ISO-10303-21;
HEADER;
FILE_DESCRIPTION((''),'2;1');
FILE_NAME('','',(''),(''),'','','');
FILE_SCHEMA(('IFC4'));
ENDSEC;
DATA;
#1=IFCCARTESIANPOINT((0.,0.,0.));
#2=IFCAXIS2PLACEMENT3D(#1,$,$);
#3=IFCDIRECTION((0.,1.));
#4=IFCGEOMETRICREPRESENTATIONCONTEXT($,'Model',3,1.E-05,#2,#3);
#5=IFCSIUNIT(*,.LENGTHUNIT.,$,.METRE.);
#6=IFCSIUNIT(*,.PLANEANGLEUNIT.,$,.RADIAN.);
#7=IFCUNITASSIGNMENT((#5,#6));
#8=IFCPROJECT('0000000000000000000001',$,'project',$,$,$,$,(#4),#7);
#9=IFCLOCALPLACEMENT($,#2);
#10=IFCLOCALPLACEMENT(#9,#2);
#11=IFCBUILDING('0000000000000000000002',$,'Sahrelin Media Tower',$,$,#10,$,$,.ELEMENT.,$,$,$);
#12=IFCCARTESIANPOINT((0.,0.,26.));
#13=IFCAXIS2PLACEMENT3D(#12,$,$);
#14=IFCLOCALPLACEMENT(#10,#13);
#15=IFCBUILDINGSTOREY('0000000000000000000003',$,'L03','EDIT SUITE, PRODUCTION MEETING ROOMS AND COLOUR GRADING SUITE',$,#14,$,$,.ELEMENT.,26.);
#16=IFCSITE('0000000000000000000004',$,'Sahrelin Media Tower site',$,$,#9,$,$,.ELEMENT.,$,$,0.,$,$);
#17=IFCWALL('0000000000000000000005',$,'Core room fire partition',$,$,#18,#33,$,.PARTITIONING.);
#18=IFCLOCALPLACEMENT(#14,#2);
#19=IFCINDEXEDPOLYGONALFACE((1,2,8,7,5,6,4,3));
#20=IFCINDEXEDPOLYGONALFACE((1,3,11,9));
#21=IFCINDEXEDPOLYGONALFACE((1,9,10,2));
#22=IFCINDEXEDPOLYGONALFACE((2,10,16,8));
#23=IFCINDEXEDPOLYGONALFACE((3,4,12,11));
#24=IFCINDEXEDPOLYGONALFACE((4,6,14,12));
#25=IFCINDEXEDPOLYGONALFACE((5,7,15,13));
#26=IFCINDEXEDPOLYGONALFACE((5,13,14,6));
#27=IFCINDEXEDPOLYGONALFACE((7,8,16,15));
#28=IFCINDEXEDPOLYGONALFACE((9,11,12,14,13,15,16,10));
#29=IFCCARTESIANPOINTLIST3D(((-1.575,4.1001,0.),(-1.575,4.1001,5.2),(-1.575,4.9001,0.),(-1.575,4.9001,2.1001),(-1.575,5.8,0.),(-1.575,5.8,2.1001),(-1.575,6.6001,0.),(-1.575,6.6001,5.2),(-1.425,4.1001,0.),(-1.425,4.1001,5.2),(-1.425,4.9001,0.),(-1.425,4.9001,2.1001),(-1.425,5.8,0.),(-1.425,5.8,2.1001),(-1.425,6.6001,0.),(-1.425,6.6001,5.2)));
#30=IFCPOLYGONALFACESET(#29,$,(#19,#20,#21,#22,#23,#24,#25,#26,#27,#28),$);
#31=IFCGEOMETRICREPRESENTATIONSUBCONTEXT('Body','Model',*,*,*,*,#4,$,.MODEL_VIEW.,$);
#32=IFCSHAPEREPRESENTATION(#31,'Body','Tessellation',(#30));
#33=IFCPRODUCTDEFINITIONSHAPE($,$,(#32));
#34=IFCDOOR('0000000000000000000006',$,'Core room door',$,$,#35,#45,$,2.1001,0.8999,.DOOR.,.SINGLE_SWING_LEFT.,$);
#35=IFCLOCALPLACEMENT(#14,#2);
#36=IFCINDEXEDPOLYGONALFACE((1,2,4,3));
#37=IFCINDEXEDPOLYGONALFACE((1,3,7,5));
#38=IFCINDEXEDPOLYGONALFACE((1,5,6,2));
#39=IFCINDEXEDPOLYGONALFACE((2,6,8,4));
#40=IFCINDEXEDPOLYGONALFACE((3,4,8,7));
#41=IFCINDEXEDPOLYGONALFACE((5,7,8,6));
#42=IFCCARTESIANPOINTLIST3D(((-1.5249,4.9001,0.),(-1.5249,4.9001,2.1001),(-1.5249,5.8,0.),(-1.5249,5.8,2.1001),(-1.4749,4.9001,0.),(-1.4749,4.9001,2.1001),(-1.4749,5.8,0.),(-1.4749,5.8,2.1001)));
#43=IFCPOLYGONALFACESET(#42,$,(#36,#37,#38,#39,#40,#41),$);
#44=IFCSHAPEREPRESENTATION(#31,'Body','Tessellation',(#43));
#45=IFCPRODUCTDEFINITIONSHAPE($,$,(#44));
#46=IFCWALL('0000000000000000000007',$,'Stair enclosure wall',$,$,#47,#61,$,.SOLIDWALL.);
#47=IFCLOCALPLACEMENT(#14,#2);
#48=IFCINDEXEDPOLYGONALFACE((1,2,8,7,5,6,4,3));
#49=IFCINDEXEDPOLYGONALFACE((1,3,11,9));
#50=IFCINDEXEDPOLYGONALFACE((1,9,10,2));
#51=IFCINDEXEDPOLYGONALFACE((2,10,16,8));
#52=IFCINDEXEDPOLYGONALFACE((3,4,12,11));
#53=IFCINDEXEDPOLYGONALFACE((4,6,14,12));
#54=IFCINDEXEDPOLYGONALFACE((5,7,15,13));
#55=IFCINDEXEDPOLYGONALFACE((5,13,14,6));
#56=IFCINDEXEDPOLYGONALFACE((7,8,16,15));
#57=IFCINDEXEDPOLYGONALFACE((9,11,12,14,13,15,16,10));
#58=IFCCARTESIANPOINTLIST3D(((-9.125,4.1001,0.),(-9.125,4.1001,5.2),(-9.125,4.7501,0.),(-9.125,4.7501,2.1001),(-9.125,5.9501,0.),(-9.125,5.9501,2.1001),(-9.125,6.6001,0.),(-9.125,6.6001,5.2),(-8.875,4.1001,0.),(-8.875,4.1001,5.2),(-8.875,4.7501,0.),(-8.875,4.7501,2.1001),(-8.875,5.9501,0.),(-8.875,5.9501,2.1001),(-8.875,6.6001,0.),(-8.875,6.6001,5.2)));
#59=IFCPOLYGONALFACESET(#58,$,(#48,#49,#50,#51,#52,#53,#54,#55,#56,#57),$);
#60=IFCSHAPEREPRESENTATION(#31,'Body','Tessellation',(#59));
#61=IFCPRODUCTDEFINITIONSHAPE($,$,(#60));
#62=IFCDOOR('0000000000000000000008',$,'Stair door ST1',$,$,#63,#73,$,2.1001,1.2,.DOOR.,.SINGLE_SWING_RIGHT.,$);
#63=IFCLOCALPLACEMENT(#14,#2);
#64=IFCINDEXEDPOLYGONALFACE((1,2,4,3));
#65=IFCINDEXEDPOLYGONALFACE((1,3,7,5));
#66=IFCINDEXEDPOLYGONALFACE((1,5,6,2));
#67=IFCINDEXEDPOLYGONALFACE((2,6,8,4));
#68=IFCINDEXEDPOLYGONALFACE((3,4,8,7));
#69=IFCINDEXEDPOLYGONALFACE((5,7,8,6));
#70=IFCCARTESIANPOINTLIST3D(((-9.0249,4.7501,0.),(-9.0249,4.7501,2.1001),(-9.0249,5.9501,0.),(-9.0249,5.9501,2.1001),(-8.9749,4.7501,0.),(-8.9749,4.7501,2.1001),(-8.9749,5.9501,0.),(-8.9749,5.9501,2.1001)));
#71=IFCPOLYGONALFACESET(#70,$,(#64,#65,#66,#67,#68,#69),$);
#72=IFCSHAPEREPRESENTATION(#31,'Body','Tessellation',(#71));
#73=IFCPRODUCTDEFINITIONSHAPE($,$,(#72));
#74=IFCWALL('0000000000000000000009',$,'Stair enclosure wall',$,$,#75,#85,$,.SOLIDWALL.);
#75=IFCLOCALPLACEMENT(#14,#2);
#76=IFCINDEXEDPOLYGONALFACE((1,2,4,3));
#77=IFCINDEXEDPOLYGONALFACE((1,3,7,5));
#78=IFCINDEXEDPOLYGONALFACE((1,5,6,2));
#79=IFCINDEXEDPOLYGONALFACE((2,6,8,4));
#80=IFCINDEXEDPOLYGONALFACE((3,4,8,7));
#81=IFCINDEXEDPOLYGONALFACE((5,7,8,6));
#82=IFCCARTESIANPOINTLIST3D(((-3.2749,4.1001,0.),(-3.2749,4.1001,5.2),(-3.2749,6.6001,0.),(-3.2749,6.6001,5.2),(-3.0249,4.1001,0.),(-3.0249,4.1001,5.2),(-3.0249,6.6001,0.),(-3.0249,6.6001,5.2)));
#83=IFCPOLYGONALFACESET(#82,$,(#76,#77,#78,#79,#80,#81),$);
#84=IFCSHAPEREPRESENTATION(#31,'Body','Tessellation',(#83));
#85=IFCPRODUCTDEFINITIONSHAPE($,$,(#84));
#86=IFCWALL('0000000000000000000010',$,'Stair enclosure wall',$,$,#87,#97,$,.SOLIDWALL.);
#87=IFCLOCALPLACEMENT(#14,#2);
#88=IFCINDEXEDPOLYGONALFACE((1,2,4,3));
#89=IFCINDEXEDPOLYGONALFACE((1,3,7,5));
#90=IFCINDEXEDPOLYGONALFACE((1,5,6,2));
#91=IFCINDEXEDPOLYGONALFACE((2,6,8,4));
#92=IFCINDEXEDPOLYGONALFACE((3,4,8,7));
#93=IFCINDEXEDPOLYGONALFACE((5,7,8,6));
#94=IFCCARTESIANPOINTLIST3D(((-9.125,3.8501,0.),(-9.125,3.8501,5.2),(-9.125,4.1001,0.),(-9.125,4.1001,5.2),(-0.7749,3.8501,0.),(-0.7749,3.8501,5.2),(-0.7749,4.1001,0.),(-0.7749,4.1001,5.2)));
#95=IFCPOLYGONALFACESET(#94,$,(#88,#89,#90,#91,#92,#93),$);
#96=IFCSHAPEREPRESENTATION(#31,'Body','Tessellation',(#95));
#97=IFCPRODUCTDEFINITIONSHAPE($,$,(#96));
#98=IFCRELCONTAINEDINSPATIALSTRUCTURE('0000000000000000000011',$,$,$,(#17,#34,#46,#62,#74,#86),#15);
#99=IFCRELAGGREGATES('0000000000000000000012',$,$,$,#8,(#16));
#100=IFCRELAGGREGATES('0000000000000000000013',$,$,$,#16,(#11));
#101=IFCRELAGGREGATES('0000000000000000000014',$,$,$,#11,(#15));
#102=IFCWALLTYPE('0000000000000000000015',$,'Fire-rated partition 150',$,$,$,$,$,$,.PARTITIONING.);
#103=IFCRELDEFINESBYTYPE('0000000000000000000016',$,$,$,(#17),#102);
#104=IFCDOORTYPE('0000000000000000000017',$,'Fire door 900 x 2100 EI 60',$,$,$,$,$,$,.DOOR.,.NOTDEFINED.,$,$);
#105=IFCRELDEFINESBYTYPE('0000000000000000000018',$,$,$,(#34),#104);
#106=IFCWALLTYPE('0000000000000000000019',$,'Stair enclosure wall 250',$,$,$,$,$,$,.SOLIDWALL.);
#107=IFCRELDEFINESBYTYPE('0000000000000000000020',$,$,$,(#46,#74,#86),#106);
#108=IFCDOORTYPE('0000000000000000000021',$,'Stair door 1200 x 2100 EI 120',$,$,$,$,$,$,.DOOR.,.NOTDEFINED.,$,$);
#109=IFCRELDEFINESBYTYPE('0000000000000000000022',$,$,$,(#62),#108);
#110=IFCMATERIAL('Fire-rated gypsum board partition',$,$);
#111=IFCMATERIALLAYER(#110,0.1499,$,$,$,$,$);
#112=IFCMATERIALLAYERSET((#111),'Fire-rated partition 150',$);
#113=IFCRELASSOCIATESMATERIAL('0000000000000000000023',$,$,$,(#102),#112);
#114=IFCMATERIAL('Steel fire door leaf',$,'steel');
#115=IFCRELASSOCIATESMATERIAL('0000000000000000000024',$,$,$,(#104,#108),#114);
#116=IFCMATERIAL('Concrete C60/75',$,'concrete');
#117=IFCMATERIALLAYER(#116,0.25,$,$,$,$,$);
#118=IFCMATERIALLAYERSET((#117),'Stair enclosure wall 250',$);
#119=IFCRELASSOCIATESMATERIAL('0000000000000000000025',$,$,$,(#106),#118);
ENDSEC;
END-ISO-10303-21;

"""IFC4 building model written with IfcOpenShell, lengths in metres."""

from ifc_helpers import new_model, si_unit, direction, frame, frame_2d, origin, place, context, subcontext, project, spatial, rectangle, extrude, material, layer, layer_set, type_object, element, fill, save


model = new_model("IFC4")

# Units and contexts
model_context = context("Model", 3, precision=1e-05, world=origin(), true_north=direction((0.0, 1.0)))
body_context = subcontext(model_context, "Body", "Model", "MODEL_VIEW")
ifc_project = project(units=[si_unit("LENGTHUNIT", "METRE"), si_unit("PLANEANGLEUNIT", "RADIAN")], contexts=[model_context])

# Site, building, storey
site_placement = place(None, origin())
site = spatial("IfcSite", under=ifc_project, at=site_placement, Name="Sahrelin Media Tower site", CompositionType="ELEMENT", RefElevation=0.0)
building_placement = place(site_placement, origin())
building = spatial("IfcBuilding", under=site, at=building_placement, Name="Sahrelin Media Tower", CompositionType="ELEMENT")
storey_placement = place(building_placement, frame((0.0, 0.0, 26.0)))
storey = spatial("IfcBuildingStorey", under=building, at=storey_placement, Name="L03", Description="EDIT SUITE, PRODUCTION MEETING ROOMS AND COLOUR GRADING SUITE", CompositionType="ELEMENT", Elevation=26.0)

# Shared definitions
ifc_material_1 = material(Name="Fire-rated gypsum board partition")
ifc_material_2 = material(Name="Steel fire door leaf", Category="steel")

# Walls, openings, doors
ifc_layer_1 = layer(ifc_material_1, 0.1499)
ifc_layer_set_1 = layer_set([ifc_layer_1], Name="Fire-rated partition 150")
wall_type_1 = type_object("IfcWallType", Name="Fire-rated partition 150", PredefinedType="PARTITIONING", material=ifc_layer_set_1)
wall_1_placement = place(storey_placement, frame((-1.5, 4.1001, 0.0), z_axis=(0.0, 0.0, 1.0), x_axis=(0.0, 1.0, 0.0)))
wall_1 = element("IfcWall", 1, at=wall_1_placement, inside=storey, type_object=wall_type_1, Name="Core room fire partition", PredefinedType="PARTITIONING", context=body_context, shape_type="SweptSolid", body=[
    extrude(rectangle(XDim=2.5, YDim=0.1499, at=frame_2d((1.25, 0.0))), origin(), (0.0, 0.0, 1.0), 5.2),
])
opening_1_placement = place(wall_1_placement, frame((0.8, 0.0, 0.0)))
opening_1 = element("IfcOpeningElement", 2, at=opening_1_placement, cuts=wall_1, PredefinedType="OPENING", context=body_context, shape_type="SweptSolid", body=[
    extrude(rectangle(XDim=0.8999, YDim=2.1001, at=frame_2d((0.45, 1.05))), frame((0.0, 0.075, 0.0), z_axis=(0.0, -1.0, 0.0), x_axis=(1.0, 0.0, 0.0)), (0.0, 0.0, 1.0), 0.1499),
])
door_type_1 = type_object("IfcDoorType", Name="Fire door 900 x 2100 EI 60", OperationType="NOTDEFINED", PredefinedType="DOOR", material=ifc_material_2)
door_1_placement = place(opening_1_placement, origin())
door_1 = element("IfcDoor", 3, at=door_1_placement, inside=storey, type_object=door_type_1, Name="Core room door", OperationType="SINGLE_SWING_LEFT", OverallHeight=2.1001, OverallWidth=0.8999, PredefinedType="DOOR", context=body_context, shape_type="SweptSolid", body=[
    extrude(rectangle(XDim=0.8999, YDim=2.1001, at=frame_2d((0.45, 1.05))), frame((0.0, 0.0249, 0.0), z_axis=(0.0, -1.0, 0.0), x_axis=(1.0, 0.0, 0.0)), (0.0, 0.0, 1.0), 0.05),
])
fill(opening_1, door_1)
ifc_material_3 = material(Name="Concrete C60/75", Category="concrete")
ifc_layer_2 = layer(ifc_material_3, 0.25)
ifc_layer_set_2 = layer_set([ifc_layer_2], Name="Stair enclosure wall 250")
wall_type_2 = type_object("IfcWallType", Name="Stair enclosure wall 250", PredefinedType="SOLIDWALL", material=ifc_layer_set_2)
wall_2_placement = place(storey_placement, frame((-9.0, 4.1001, 0.0), z_axis=(0.0, 0.0, 1.0), x_axis=(0.0, 1.0, 0.0)))
wall_2 = element("IfcWall", 4, at=wall_2_placement, inside=storey, type_object=wall_type_2, Name="Stair enclosure wall", PredefinedType="SOLIDWALL", context=body_context, shape_type="SweptSolid", body=[
    extrude(rectangle(XDim=2.5, YDim=0.25, at=frame_2d((1.25, 0.0))), origin(), (0.0, 0.0, 1.0), 5.2),
])
opening_2_placement = place(wall_2_placement, frame((0.6499, 0.0, 0.0)))
opening_2 = element("IfcOpeningElement", 5, at=opening_2_placement, cuts=wall_2, PredefinedType="OPENING", context=body_context, shape_type="SweptSolid", body=[
    extrude(rectangle(XDim=1.2, YDim=2.1001, at=frame_2d((0.6001, 1.05))), frame((0.0, 0.125, 0.0), z_axis=(0.0, -1.0, 0.0), x_axis=(1.0, 0.0, 0.0)), (0.0, 0.0, 1.0), 0.25),
])
door_type_2 = type_object("IfcDoorType", Name="Stair door 1200 x 2100 EI 120", OperationType="NOTDEFINED", PredefinedType="DOOR", material=ifc_material_2)
door_2_placement = place(opening_2_placement, origin())
door_2 = element("IfcDoor", 6, at=door_2_placement, inside=storey, type_object=door_type_2, Name="Stair door ST1", OperationType="SINGLE_SWING_RIGHT", OverallHeight=2.1001, OverallWidth=1.2, PredefinedType="DOOR", context=body_context, shape_type="SweptSolid", body=[
    extrude(rectangle(XDim=1.2, YDim=2.1001, at=frame_2d((0.6001, 1.05))), frame((0.0, 0.0249, 0.0), z_axis=(0.0, -1.0, 0.0), x_axis=(1.0, 0.0, 0.0)), (0.0, 0.0, 1.0), 0.05),
])
fill(opening_2, door_2)

# Walls
wall_3_placement = place(storey_placement, frame((-3.1499, 4.1001, 0.0), z_axis=(0.0, 0.0, 1.0), x_axis=(0.0, 1.0, 0.0)))
element("IfcWall", 7, at=wall_3_placement, inside=storey, type_object=wall_type_2, Name="Stair enclosure wall", PredefinedType="SOLIDWALL", context=body_context, shape_type="SweptSolid", body=[
    extrude(rectangle(XDim=2.5, YDim=0.25, at=frame_2d((1.25, 0.0))), origin(), (0.0, 0.0, 1.0), 5.2),
])
wall_4_placement = place(storey_placement, frame((-9.125, 3.9751, 0.0), z_axis=(0.0, 0.0, 1.0), x_axis=(1.0, 0.0, 0.0)))
element("IfcWall", 8, at=wall_4_placement, inside=storey, type_object=wall_type_2, Name="Stair enclosure wall", PredefinedType="SOLIDWALL", context=body_context, shape_type="SweptSolid", body=[
    extrude(rectangle(XDim=8.3501, YDim=0.25, at=frame_2d((4.175, 0.0))), origin(), (0.0, 0.0, 1.0), 5.2),
])

save(model, "model.ifc")
